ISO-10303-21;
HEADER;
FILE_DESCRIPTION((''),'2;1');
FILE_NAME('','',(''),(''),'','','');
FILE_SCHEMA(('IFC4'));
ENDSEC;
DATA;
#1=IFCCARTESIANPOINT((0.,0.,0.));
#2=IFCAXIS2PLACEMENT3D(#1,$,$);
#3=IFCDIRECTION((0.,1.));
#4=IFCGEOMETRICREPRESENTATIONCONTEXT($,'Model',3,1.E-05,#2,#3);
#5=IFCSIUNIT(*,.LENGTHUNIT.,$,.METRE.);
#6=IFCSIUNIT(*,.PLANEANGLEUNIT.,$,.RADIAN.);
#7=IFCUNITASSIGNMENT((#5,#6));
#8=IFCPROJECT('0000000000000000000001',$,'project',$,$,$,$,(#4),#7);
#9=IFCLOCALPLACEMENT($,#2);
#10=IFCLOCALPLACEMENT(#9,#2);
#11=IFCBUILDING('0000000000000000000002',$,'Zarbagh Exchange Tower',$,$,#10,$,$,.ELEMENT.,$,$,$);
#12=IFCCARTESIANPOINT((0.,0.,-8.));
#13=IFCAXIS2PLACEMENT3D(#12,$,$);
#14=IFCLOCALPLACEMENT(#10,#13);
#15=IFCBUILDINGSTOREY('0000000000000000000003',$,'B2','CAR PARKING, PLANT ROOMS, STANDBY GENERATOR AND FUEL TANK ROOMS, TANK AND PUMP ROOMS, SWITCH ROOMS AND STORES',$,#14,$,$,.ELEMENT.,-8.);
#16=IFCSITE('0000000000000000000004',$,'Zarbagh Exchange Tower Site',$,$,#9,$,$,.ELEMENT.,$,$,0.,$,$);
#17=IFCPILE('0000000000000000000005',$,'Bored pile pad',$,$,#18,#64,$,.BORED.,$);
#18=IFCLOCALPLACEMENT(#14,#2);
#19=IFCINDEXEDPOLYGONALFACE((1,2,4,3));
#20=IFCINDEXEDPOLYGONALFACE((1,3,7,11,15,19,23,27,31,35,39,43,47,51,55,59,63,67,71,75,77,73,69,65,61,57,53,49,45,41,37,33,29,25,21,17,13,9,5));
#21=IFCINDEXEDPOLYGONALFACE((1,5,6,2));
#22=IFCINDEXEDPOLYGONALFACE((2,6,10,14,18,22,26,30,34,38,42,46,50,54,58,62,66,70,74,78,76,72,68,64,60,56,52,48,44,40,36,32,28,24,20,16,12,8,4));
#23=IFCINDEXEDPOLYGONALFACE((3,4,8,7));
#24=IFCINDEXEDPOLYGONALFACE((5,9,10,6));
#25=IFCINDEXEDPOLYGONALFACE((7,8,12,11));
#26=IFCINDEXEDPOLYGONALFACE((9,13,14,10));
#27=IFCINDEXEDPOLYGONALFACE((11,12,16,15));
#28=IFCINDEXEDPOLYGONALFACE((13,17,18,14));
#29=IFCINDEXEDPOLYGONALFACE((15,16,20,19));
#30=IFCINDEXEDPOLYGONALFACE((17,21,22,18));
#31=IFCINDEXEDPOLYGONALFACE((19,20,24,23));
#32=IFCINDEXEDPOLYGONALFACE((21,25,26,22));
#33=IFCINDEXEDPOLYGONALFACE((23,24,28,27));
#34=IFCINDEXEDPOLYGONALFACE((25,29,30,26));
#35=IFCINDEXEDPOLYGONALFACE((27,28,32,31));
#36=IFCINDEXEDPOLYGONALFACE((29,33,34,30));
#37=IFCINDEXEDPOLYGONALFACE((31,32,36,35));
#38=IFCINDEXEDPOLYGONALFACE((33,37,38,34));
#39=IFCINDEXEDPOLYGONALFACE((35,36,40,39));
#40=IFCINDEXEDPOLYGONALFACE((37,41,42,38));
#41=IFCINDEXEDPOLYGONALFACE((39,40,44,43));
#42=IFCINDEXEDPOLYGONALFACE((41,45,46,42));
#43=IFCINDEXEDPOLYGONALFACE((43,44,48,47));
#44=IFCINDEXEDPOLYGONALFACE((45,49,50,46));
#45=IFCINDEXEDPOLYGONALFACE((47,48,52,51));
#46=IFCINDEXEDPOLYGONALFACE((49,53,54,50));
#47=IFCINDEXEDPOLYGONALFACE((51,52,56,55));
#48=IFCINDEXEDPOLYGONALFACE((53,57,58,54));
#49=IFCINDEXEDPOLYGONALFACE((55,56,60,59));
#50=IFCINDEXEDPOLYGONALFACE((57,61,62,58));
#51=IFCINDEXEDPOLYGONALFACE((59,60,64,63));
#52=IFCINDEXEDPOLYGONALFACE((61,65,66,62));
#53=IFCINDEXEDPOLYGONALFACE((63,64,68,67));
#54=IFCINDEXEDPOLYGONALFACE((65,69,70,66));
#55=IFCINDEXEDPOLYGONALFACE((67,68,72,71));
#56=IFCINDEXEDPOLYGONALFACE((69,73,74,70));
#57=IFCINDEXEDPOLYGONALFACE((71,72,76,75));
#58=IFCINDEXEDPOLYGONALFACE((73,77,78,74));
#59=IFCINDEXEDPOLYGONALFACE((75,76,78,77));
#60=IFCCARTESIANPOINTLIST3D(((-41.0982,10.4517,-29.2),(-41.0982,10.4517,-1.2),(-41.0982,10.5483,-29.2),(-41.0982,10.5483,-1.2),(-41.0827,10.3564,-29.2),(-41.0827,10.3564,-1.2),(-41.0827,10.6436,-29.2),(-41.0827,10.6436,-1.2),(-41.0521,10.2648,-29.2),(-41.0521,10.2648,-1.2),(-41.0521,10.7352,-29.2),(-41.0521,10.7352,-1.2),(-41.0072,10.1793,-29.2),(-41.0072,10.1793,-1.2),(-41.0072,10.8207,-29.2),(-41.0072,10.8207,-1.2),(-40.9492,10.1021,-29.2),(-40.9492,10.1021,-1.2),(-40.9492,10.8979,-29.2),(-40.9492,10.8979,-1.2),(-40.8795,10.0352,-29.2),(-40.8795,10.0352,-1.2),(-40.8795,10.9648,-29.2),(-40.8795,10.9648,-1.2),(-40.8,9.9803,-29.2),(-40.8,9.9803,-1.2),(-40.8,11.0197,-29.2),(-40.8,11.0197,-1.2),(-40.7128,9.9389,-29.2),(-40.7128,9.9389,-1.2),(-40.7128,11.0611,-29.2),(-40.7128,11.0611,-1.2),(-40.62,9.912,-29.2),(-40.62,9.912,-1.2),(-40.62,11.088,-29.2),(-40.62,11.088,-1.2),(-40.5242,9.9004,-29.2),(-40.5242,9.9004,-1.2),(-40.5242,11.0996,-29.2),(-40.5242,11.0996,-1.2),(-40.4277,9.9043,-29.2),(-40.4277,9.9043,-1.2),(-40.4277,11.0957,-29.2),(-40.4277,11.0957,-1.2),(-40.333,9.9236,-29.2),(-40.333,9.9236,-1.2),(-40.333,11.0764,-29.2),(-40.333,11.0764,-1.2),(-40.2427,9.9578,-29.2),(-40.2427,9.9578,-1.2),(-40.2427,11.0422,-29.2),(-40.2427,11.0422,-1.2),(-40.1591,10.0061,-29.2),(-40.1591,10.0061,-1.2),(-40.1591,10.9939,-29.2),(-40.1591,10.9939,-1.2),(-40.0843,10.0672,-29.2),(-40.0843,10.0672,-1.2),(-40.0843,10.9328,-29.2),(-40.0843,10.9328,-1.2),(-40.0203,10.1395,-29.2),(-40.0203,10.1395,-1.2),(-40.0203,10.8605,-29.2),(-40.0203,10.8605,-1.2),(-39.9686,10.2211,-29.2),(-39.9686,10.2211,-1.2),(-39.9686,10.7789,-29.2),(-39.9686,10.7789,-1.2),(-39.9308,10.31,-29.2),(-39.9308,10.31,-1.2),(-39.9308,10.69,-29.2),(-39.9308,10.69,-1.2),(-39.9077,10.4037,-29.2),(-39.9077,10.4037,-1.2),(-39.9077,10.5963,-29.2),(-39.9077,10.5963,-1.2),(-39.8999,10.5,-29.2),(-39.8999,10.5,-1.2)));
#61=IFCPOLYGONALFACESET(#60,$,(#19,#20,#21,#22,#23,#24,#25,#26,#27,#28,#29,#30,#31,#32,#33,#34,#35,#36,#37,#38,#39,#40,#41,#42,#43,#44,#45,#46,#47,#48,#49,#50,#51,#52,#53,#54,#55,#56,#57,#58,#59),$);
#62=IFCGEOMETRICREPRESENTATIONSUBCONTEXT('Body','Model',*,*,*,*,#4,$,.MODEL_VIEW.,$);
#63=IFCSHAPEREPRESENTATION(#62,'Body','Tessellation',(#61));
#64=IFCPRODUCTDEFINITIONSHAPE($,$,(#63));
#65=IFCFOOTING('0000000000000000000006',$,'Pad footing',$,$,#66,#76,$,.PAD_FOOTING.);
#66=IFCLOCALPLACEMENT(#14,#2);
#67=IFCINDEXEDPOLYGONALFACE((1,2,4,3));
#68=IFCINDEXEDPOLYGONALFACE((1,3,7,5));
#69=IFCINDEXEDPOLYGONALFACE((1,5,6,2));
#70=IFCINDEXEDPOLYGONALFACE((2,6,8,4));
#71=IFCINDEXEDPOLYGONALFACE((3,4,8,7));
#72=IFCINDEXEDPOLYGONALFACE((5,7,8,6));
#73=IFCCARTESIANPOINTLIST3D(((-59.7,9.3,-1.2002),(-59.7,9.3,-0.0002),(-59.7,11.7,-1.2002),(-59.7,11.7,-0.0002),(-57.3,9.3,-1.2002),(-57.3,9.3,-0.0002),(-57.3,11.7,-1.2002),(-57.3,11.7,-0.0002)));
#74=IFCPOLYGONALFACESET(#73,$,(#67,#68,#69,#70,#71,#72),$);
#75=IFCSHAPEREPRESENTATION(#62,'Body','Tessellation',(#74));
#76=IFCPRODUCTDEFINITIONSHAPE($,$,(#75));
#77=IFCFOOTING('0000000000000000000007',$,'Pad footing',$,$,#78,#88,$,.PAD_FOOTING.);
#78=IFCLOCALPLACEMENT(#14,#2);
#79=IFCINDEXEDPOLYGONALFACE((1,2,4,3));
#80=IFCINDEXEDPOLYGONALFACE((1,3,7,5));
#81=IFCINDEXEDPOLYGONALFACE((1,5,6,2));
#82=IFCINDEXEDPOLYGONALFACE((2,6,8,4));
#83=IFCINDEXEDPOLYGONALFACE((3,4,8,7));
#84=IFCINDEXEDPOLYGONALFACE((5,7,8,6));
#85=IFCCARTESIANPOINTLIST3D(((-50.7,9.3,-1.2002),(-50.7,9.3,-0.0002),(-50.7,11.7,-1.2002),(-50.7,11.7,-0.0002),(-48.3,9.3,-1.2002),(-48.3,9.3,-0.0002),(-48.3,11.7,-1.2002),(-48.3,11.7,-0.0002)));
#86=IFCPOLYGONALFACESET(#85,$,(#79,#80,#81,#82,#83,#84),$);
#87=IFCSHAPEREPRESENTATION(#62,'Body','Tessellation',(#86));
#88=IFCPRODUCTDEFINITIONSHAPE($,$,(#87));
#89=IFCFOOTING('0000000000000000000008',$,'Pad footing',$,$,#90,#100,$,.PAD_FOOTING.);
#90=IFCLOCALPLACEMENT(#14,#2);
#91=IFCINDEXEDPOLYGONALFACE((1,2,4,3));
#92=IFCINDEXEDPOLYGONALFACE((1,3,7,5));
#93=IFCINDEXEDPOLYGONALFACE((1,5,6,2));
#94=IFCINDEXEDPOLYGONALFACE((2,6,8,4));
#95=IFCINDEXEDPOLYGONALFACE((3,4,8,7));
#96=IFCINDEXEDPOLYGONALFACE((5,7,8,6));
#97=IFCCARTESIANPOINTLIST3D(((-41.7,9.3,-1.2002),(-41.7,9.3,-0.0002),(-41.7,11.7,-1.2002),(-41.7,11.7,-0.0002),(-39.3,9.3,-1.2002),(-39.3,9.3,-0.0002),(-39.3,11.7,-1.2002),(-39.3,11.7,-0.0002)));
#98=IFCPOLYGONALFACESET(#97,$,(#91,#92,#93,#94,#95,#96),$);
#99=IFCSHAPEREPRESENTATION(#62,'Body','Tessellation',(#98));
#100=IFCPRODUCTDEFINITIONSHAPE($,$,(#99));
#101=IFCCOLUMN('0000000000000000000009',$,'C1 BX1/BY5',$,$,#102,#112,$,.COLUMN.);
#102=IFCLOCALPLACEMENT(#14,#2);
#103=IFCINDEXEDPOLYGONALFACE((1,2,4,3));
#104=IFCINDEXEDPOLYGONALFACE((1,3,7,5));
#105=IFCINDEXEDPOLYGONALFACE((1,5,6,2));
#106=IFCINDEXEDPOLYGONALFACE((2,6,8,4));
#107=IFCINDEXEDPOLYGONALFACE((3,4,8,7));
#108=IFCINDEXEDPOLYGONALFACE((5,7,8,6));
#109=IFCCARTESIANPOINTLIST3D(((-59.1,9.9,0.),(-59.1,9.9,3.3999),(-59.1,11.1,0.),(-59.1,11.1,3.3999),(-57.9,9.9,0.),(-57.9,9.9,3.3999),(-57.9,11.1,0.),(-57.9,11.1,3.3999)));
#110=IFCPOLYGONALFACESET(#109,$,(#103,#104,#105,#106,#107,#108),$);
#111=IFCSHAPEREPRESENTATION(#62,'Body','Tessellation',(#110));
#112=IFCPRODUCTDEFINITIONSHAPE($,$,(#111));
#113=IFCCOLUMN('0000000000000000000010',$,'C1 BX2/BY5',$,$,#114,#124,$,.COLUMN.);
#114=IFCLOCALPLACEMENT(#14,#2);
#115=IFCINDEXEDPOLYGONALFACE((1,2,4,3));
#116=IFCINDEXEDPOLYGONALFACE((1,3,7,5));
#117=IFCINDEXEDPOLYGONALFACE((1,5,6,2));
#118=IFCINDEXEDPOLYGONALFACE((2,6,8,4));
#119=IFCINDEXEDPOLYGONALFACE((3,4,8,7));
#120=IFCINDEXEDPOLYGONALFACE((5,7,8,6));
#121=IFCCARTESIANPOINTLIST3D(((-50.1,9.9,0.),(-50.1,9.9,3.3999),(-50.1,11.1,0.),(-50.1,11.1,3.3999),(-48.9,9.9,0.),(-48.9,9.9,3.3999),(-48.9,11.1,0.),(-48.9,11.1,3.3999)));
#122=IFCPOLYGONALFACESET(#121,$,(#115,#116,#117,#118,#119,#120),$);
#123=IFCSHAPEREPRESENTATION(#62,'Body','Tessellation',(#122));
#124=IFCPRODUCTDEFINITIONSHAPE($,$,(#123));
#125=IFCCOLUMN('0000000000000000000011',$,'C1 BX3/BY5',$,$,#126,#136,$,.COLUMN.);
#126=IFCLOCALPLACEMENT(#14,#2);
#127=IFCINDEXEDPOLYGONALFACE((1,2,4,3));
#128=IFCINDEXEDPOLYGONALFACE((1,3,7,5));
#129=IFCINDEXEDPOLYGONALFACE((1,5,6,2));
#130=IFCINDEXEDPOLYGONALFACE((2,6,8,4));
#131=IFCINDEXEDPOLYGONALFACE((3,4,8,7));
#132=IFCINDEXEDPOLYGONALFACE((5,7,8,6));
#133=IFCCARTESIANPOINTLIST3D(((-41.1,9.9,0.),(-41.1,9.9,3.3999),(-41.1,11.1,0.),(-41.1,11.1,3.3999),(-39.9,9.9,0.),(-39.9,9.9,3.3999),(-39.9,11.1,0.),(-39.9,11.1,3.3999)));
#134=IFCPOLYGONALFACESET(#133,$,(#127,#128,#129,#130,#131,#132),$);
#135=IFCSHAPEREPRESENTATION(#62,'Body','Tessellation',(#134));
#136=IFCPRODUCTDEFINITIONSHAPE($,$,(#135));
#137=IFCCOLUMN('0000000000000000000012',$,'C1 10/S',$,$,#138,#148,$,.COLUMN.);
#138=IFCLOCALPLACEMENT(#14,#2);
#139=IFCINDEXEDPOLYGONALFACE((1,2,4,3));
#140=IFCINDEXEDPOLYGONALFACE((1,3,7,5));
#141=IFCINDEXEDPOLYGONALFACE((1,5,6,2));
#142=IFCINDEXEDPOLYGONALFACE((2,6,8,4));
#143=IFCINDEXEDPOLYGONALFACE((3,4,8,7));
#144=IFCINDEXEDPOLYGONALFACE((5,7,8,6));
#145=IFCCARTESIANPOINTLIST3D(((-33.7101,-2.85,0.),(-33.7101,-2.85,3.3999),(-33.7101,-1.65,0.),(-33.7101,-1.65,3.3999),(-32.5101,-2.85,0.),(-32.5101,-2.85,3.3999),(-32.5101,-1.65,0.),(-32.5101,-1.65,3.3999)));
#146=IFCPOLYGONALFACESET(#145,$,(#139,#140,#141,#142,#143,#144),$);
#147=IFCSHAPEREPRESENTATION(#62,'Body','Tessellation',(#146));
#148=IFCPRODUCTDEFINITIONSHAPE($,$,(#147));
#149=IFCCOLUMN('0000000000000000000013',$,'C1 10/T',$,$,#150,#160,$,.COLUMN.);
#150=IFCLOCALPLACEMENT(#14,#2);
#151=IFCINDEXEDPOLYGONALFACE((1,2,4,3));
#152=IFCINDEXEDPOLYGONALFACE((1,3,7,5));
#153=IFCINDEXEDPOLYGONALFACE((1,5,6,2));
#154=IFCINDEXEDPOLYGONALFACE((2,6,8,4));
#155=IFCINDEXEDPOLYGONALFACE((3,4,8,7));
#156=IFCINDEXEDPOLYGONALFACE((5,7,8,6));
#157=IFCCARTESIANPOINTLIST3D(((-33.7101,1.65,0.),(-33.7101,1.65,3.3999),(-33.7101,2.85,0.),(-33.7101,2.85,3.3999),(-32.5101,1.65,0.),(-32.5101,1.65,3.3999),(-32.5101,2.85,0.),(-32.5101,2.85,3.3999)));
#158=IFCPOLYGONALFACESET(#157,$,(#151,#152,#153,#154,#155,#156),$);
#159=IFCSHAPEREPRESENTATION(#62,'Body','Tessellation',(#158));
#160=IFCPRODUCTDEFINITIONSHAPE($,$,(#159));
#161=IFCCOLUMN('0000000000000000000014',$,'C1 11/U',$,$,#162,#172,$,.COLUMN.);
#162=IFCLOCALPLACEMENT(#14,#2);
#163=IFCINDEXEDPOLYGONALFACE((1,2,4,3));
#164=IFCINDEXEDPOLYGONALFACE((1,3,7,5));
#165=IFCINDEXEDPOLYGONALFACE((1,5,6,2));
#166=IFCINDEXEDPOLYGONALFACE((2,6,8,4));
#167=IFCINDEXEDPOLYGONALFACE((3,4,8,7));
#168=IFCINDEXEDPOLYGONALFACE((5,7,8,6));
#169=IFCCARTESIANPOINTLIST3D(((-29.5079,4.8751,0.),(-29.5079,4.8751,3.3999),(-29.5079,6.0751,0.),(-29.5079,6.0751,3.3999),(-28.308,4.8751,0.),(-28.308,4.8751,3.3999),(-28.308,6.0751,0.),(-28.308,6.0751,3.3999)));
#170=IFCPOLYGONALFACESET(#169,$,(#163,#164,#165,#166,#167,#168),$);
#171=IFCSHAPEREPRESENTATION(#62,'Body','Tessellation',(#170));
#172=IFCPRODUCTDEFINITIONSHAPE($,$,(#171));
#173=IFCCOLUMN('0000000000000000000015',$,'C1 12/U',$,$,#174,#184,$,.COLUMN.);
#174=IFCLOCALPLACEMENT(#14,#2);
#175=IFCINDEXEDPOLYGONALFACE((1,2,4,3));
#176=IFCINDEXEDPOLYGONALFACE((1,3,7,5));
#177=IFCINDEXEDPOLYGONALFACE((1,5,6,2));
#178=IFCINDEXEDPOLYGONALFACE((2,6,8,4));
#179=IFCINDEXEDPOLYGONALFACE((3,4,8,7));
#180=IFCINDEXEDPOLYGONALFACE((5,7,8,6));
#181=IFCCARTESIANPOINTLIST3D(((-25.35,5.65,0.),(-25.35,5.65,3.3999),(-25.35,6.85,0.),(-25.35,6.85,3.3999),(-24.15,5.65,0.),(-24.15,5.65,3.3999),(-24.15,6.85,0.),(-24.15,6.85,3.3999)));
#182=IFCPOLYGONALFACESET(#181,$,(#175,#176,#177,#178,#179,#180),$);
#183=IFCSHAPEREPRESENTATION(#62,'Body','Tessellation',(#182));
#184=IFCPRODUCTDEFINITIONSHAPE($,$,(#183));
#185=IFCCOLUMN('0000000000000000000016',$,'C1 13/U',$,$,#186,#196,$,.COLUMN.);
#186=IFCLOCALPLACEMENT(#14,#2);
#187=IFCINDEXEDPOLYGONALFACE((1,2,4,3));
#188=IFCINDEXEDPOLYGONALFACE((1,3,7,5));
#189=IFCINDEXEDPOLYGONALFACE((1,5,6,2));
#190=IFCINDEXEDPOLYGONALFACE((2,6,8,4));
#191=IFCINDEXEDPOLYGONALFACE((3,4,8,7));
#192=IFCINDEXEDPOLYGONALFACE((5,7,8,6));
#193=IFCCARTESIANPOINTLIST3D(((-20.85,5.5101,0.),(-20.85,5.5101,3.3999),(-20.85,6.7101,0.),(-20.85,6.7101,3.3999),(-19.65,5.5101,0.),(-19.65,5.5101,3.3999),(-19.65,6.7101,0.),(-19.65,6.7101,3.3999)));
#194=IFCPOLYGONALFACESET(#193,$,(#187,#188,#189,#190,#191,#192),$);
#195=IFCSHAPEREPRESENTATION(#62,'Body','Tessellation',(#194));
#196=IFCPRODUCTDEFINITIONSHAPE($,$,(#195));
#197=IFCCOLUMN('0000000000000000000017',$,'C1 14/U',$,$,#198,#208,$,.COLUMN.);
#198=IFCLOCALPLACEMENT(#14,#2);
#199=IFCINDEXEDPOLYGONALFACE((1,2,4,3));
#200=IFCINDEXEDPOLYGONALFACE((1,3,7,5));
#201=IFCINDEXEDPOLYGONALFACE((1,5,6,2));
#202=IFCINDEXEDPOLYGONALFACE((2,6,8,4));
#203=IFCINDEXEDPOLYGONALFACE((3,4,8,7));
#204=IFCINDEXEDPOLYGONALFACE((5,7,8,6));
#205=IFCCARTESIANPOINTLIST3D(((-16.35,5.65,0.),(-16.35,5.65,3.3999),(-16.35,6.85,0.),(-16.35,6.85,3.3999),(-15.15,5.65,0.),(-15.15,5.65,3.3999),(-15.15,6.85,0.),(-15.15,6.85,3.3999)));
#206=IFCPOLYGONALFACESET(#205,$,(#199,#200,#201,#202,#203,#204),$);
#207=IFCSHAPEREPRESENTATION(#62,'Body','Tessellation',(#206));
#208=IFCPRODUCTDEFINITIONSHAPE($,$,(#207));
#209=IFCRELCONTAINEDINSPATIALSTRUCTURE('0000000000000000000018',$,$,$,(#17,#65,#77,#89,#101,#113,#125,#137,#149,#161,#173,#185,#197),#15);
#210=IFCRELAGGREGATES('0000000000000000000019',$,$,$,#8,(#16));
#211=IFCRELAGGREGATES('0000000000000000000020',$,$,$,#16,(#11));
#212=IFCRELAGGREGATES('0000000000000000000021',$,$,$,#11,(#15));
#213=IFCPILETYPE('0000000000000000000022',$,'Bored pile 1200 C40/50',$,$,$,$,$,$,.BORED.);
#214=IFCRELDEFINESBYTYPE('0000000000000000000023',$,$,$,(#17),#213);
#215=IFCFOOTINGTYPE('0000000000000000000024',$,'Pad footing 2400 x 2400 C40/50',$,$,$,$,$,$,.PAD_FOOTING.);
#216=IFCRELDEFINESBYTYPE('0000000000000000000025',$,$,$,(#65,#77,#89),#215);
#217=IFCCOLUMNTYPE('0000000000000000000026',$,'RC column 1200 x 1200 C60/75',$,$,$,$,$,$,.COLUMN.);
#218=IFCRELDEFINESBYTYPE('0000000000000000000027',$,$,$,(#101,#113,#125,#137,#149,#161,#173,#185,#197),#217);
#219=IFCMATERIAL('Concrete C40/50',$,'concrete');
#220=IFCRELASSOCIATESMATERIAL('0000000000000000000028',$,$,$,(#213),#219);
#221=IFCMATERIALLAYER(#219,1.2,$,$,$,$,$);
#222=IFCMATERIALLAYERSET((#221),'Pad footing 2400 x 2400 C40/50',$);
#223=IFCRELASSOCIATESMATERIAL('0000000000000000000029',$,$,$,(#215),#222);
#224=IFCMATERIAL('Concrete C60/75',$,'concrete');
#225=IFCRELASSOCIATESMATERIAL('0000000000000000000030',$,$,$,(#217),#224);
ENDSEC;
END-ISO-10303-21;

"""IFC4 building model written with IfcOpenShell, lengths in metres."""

from ifc_helpers import new_model, si_unit, direction, frame, origin, origin_2d, place, context, subcontext, project, spatial, rectangle, circle, extrude, material, layer, layer_set, material_profile, profile_set, type_object, element, save


model = new_model("IFC4")

# Units and contexts
model_context = context("Model", 3, precision=1e-05, world=origin(), true_north=direction((0.0, 1.0)))
body_context = subcontext(model_context, "Body", "Model", "MODEL_VIEW")
ifc_project = project(units=[si_unit("LENGTHUNIT", "METRE"), si_unit("PLANEANGLEUNIT", "RADIAN")], contexts=[model_context])

# Site, building, storey
site_placement = place(None, origin())
site = spatial("IfcSite", under=ifc_project, at=site_placement, Name="Zarbagh Exchange Tower Site", CompositionType="ELEMENT", RefElevation=0.0)
building_placement = place(site_placement, origin())
building = spatial("IfcBuilding", under=site, at=building_placement, Name="Zarbagh Exchange Tower", CompositionType="ELEMENT")
storey_placement = place(building_placement, frame((0.0, 0.0, -8.0)))
storey = spatial("IfcBuildingStorey", under=building, at=storey_placement, Name="B2", Description="CAR PARKING, PLANT ROOMS, STANDBY GENERATOR AND FUEL TANK ROOMS, TANK AND PUMP ROOMS, SWITCH ROOMS AND STORES", CompositionType="ELEMENT", Elevation=-8.0)

# Pile
ifc_material_1 = material(Name="Concrete C40/50", Category="concrete")
ifc_material_profile_1 = material_profile(ifc_material_1, circle(Radius=0.6001, at=origin_2d()), Name="Bored pile 1200 C40/50")
ifc_profile_set_1 = profile_set([ifc_material_profile_1], Name="Concrete C40/50")
pile_type = type_object("IfcPileType", Name="Bored pile 1200 C40/50", PredefinedType="BORED", material=ifc_profile_set_1)
for number, where, z_axis, x_axis, name in (
    (1, (-40.5, 10.5, -1.2), (0.0, 0.0, -1.0), (1.0, 0.0, 0.0), "Bored pile pad"),
):
    element("IfcPile", number, at=place(storey_placement, frame(where, z_axis=z_axis, x_axis=x_axis)), inside=storey, type_object=pile_type, Name=name, PredefinedType="BORED", context=body_context, shape_type="SweptSolid", body=[
        extrude(circle(Radius=0.6001, at=origin_2d()), origin(), (0.0, 0.0, 1.0), 28.0),
    ])

# Footings
ifc_layer = layer(ifc_material_1, 1.2)
ifc_layer_set = layer_set([ifc_layer], Name="Pad footing 2400 x 2400 C40/50")
footing_type = type_object("IfcFootingType", Name="Pad footing 2400 x 2400 C40/50", PredefinedType="PAD_FOOTING", material=ifc_layer_set)
for number, where, z_axis, x_axis, name in (
    (2, (-58.5, 10.5, -1.2002), (0.0, 0.0, 1.0), (1.0, 0.0, 0.0), "Pad footing"),
    (3, (-49.5, 10.5, -1.2002), (0.0, 0.0, 1.0), (1.0, 0.0, 0.0), "Pad footing"),
    (4, (-40.5, 10.5, -1.2002), (0.0, 0.0, 1.0), (1.0, 0.0, 0.0), "Pad footing"),
):
    element("IfcFooting", number, at=place(storey_placement, frame(where, z_axis=z_axis, x_axis=x_axis)), inside=storey, type_object=footing_type, Name=name, PredefinedType="PAD_FOOTING", context=body_context, shape_type="SweptSolid", body=[
        extrude(rectangle(XDim=2.3999, YDim=2.3999, at=origin_2d()), origin(), (0.0, 0.0, 1.0), 1.2),
    ])

# Columns
ifc_material_2 = material(Name="Concrete C60/75", Category="concrete")
ifc_material_profile_2 = material_profile(ifc_material_2, rectangle(XDim=1.2, YDim=1.2, at=origin_2d()), Name="RC column 1200 x 1200 C60/75")
ifc_profile_set_2 = profile_set([ifc_material_profile_2], Name="Concrete C60/75")
column_type = type_object("IfcColumnType", Name="RC column 1200 x 1200 C60/75", PredefinedType="COLUMN", material=ifc_profile_set_2)
for number, where, z_axis, x_axis, name in (
    (5, (-58.5, 10.5, 0.0), (0.0, 0.0, 1.0), (1.0, 0.0, 0.0), "C1 BX1/BY5"),
    (6, (-49.5, 10.5, 0.0), (0.0, 0.0, 1.0), (1.0, 0.0, 0.0), "C1 BX2/BY5"),
    (7, (-40.5, 10.5, 0.0), (0.0, 0.0, 1.0), (1.0, 0.0, 0.0), "C1 BX3/BY5"),
    (8, (-33.1101, -2.25, 0.0), (0.0, 0.0, 1.0), (1.0, 0.0, 0.0), "C1 10/S"),
    (9, (-33.1101, 2.25, 0.0), (0.0, 0.0, 1.0), (1.0, 0.0, 0.0), "C1 10/T"),
    (10, (-28.908, 5.4751, 0.0), (0.0, 0.0, 1.0), (1.0, 0.0, 0.0), "C1 11/U"),
    (11, (-24.75, 6.25, 0.0), (0.0, 0.0, 1.0), (1.0, 0.0, 0.0), "C1 12/U"),
    (12, (-20.25, 6.1101, 0.0), (0.0, 0.0, 1.0), (1.0, 0.0, 0.0), "C1 13/U"),
    (13, (-15.75, 6.25, 0.0), (0.0, 0.0, 1.0), (1.0, 0.0, 0.0), "C1 14/U"),
):
    element("IfcColumn", number, at=place(storey_placement, frame(where, z_axis=z_axis, x_axis=x_axis)), inside=storey, type_object=column_type, Name=name, PredefinedType="COLUMN", context=body_context, shape_type="SweptSolid", body=[
        extrude(rectangle(XDim=1.2, YDim=1.2, at=origin_2d()), origin(), (0.0, 0.0, 1.0), 3.3999),
    ])

save(model, "model.ifc")
